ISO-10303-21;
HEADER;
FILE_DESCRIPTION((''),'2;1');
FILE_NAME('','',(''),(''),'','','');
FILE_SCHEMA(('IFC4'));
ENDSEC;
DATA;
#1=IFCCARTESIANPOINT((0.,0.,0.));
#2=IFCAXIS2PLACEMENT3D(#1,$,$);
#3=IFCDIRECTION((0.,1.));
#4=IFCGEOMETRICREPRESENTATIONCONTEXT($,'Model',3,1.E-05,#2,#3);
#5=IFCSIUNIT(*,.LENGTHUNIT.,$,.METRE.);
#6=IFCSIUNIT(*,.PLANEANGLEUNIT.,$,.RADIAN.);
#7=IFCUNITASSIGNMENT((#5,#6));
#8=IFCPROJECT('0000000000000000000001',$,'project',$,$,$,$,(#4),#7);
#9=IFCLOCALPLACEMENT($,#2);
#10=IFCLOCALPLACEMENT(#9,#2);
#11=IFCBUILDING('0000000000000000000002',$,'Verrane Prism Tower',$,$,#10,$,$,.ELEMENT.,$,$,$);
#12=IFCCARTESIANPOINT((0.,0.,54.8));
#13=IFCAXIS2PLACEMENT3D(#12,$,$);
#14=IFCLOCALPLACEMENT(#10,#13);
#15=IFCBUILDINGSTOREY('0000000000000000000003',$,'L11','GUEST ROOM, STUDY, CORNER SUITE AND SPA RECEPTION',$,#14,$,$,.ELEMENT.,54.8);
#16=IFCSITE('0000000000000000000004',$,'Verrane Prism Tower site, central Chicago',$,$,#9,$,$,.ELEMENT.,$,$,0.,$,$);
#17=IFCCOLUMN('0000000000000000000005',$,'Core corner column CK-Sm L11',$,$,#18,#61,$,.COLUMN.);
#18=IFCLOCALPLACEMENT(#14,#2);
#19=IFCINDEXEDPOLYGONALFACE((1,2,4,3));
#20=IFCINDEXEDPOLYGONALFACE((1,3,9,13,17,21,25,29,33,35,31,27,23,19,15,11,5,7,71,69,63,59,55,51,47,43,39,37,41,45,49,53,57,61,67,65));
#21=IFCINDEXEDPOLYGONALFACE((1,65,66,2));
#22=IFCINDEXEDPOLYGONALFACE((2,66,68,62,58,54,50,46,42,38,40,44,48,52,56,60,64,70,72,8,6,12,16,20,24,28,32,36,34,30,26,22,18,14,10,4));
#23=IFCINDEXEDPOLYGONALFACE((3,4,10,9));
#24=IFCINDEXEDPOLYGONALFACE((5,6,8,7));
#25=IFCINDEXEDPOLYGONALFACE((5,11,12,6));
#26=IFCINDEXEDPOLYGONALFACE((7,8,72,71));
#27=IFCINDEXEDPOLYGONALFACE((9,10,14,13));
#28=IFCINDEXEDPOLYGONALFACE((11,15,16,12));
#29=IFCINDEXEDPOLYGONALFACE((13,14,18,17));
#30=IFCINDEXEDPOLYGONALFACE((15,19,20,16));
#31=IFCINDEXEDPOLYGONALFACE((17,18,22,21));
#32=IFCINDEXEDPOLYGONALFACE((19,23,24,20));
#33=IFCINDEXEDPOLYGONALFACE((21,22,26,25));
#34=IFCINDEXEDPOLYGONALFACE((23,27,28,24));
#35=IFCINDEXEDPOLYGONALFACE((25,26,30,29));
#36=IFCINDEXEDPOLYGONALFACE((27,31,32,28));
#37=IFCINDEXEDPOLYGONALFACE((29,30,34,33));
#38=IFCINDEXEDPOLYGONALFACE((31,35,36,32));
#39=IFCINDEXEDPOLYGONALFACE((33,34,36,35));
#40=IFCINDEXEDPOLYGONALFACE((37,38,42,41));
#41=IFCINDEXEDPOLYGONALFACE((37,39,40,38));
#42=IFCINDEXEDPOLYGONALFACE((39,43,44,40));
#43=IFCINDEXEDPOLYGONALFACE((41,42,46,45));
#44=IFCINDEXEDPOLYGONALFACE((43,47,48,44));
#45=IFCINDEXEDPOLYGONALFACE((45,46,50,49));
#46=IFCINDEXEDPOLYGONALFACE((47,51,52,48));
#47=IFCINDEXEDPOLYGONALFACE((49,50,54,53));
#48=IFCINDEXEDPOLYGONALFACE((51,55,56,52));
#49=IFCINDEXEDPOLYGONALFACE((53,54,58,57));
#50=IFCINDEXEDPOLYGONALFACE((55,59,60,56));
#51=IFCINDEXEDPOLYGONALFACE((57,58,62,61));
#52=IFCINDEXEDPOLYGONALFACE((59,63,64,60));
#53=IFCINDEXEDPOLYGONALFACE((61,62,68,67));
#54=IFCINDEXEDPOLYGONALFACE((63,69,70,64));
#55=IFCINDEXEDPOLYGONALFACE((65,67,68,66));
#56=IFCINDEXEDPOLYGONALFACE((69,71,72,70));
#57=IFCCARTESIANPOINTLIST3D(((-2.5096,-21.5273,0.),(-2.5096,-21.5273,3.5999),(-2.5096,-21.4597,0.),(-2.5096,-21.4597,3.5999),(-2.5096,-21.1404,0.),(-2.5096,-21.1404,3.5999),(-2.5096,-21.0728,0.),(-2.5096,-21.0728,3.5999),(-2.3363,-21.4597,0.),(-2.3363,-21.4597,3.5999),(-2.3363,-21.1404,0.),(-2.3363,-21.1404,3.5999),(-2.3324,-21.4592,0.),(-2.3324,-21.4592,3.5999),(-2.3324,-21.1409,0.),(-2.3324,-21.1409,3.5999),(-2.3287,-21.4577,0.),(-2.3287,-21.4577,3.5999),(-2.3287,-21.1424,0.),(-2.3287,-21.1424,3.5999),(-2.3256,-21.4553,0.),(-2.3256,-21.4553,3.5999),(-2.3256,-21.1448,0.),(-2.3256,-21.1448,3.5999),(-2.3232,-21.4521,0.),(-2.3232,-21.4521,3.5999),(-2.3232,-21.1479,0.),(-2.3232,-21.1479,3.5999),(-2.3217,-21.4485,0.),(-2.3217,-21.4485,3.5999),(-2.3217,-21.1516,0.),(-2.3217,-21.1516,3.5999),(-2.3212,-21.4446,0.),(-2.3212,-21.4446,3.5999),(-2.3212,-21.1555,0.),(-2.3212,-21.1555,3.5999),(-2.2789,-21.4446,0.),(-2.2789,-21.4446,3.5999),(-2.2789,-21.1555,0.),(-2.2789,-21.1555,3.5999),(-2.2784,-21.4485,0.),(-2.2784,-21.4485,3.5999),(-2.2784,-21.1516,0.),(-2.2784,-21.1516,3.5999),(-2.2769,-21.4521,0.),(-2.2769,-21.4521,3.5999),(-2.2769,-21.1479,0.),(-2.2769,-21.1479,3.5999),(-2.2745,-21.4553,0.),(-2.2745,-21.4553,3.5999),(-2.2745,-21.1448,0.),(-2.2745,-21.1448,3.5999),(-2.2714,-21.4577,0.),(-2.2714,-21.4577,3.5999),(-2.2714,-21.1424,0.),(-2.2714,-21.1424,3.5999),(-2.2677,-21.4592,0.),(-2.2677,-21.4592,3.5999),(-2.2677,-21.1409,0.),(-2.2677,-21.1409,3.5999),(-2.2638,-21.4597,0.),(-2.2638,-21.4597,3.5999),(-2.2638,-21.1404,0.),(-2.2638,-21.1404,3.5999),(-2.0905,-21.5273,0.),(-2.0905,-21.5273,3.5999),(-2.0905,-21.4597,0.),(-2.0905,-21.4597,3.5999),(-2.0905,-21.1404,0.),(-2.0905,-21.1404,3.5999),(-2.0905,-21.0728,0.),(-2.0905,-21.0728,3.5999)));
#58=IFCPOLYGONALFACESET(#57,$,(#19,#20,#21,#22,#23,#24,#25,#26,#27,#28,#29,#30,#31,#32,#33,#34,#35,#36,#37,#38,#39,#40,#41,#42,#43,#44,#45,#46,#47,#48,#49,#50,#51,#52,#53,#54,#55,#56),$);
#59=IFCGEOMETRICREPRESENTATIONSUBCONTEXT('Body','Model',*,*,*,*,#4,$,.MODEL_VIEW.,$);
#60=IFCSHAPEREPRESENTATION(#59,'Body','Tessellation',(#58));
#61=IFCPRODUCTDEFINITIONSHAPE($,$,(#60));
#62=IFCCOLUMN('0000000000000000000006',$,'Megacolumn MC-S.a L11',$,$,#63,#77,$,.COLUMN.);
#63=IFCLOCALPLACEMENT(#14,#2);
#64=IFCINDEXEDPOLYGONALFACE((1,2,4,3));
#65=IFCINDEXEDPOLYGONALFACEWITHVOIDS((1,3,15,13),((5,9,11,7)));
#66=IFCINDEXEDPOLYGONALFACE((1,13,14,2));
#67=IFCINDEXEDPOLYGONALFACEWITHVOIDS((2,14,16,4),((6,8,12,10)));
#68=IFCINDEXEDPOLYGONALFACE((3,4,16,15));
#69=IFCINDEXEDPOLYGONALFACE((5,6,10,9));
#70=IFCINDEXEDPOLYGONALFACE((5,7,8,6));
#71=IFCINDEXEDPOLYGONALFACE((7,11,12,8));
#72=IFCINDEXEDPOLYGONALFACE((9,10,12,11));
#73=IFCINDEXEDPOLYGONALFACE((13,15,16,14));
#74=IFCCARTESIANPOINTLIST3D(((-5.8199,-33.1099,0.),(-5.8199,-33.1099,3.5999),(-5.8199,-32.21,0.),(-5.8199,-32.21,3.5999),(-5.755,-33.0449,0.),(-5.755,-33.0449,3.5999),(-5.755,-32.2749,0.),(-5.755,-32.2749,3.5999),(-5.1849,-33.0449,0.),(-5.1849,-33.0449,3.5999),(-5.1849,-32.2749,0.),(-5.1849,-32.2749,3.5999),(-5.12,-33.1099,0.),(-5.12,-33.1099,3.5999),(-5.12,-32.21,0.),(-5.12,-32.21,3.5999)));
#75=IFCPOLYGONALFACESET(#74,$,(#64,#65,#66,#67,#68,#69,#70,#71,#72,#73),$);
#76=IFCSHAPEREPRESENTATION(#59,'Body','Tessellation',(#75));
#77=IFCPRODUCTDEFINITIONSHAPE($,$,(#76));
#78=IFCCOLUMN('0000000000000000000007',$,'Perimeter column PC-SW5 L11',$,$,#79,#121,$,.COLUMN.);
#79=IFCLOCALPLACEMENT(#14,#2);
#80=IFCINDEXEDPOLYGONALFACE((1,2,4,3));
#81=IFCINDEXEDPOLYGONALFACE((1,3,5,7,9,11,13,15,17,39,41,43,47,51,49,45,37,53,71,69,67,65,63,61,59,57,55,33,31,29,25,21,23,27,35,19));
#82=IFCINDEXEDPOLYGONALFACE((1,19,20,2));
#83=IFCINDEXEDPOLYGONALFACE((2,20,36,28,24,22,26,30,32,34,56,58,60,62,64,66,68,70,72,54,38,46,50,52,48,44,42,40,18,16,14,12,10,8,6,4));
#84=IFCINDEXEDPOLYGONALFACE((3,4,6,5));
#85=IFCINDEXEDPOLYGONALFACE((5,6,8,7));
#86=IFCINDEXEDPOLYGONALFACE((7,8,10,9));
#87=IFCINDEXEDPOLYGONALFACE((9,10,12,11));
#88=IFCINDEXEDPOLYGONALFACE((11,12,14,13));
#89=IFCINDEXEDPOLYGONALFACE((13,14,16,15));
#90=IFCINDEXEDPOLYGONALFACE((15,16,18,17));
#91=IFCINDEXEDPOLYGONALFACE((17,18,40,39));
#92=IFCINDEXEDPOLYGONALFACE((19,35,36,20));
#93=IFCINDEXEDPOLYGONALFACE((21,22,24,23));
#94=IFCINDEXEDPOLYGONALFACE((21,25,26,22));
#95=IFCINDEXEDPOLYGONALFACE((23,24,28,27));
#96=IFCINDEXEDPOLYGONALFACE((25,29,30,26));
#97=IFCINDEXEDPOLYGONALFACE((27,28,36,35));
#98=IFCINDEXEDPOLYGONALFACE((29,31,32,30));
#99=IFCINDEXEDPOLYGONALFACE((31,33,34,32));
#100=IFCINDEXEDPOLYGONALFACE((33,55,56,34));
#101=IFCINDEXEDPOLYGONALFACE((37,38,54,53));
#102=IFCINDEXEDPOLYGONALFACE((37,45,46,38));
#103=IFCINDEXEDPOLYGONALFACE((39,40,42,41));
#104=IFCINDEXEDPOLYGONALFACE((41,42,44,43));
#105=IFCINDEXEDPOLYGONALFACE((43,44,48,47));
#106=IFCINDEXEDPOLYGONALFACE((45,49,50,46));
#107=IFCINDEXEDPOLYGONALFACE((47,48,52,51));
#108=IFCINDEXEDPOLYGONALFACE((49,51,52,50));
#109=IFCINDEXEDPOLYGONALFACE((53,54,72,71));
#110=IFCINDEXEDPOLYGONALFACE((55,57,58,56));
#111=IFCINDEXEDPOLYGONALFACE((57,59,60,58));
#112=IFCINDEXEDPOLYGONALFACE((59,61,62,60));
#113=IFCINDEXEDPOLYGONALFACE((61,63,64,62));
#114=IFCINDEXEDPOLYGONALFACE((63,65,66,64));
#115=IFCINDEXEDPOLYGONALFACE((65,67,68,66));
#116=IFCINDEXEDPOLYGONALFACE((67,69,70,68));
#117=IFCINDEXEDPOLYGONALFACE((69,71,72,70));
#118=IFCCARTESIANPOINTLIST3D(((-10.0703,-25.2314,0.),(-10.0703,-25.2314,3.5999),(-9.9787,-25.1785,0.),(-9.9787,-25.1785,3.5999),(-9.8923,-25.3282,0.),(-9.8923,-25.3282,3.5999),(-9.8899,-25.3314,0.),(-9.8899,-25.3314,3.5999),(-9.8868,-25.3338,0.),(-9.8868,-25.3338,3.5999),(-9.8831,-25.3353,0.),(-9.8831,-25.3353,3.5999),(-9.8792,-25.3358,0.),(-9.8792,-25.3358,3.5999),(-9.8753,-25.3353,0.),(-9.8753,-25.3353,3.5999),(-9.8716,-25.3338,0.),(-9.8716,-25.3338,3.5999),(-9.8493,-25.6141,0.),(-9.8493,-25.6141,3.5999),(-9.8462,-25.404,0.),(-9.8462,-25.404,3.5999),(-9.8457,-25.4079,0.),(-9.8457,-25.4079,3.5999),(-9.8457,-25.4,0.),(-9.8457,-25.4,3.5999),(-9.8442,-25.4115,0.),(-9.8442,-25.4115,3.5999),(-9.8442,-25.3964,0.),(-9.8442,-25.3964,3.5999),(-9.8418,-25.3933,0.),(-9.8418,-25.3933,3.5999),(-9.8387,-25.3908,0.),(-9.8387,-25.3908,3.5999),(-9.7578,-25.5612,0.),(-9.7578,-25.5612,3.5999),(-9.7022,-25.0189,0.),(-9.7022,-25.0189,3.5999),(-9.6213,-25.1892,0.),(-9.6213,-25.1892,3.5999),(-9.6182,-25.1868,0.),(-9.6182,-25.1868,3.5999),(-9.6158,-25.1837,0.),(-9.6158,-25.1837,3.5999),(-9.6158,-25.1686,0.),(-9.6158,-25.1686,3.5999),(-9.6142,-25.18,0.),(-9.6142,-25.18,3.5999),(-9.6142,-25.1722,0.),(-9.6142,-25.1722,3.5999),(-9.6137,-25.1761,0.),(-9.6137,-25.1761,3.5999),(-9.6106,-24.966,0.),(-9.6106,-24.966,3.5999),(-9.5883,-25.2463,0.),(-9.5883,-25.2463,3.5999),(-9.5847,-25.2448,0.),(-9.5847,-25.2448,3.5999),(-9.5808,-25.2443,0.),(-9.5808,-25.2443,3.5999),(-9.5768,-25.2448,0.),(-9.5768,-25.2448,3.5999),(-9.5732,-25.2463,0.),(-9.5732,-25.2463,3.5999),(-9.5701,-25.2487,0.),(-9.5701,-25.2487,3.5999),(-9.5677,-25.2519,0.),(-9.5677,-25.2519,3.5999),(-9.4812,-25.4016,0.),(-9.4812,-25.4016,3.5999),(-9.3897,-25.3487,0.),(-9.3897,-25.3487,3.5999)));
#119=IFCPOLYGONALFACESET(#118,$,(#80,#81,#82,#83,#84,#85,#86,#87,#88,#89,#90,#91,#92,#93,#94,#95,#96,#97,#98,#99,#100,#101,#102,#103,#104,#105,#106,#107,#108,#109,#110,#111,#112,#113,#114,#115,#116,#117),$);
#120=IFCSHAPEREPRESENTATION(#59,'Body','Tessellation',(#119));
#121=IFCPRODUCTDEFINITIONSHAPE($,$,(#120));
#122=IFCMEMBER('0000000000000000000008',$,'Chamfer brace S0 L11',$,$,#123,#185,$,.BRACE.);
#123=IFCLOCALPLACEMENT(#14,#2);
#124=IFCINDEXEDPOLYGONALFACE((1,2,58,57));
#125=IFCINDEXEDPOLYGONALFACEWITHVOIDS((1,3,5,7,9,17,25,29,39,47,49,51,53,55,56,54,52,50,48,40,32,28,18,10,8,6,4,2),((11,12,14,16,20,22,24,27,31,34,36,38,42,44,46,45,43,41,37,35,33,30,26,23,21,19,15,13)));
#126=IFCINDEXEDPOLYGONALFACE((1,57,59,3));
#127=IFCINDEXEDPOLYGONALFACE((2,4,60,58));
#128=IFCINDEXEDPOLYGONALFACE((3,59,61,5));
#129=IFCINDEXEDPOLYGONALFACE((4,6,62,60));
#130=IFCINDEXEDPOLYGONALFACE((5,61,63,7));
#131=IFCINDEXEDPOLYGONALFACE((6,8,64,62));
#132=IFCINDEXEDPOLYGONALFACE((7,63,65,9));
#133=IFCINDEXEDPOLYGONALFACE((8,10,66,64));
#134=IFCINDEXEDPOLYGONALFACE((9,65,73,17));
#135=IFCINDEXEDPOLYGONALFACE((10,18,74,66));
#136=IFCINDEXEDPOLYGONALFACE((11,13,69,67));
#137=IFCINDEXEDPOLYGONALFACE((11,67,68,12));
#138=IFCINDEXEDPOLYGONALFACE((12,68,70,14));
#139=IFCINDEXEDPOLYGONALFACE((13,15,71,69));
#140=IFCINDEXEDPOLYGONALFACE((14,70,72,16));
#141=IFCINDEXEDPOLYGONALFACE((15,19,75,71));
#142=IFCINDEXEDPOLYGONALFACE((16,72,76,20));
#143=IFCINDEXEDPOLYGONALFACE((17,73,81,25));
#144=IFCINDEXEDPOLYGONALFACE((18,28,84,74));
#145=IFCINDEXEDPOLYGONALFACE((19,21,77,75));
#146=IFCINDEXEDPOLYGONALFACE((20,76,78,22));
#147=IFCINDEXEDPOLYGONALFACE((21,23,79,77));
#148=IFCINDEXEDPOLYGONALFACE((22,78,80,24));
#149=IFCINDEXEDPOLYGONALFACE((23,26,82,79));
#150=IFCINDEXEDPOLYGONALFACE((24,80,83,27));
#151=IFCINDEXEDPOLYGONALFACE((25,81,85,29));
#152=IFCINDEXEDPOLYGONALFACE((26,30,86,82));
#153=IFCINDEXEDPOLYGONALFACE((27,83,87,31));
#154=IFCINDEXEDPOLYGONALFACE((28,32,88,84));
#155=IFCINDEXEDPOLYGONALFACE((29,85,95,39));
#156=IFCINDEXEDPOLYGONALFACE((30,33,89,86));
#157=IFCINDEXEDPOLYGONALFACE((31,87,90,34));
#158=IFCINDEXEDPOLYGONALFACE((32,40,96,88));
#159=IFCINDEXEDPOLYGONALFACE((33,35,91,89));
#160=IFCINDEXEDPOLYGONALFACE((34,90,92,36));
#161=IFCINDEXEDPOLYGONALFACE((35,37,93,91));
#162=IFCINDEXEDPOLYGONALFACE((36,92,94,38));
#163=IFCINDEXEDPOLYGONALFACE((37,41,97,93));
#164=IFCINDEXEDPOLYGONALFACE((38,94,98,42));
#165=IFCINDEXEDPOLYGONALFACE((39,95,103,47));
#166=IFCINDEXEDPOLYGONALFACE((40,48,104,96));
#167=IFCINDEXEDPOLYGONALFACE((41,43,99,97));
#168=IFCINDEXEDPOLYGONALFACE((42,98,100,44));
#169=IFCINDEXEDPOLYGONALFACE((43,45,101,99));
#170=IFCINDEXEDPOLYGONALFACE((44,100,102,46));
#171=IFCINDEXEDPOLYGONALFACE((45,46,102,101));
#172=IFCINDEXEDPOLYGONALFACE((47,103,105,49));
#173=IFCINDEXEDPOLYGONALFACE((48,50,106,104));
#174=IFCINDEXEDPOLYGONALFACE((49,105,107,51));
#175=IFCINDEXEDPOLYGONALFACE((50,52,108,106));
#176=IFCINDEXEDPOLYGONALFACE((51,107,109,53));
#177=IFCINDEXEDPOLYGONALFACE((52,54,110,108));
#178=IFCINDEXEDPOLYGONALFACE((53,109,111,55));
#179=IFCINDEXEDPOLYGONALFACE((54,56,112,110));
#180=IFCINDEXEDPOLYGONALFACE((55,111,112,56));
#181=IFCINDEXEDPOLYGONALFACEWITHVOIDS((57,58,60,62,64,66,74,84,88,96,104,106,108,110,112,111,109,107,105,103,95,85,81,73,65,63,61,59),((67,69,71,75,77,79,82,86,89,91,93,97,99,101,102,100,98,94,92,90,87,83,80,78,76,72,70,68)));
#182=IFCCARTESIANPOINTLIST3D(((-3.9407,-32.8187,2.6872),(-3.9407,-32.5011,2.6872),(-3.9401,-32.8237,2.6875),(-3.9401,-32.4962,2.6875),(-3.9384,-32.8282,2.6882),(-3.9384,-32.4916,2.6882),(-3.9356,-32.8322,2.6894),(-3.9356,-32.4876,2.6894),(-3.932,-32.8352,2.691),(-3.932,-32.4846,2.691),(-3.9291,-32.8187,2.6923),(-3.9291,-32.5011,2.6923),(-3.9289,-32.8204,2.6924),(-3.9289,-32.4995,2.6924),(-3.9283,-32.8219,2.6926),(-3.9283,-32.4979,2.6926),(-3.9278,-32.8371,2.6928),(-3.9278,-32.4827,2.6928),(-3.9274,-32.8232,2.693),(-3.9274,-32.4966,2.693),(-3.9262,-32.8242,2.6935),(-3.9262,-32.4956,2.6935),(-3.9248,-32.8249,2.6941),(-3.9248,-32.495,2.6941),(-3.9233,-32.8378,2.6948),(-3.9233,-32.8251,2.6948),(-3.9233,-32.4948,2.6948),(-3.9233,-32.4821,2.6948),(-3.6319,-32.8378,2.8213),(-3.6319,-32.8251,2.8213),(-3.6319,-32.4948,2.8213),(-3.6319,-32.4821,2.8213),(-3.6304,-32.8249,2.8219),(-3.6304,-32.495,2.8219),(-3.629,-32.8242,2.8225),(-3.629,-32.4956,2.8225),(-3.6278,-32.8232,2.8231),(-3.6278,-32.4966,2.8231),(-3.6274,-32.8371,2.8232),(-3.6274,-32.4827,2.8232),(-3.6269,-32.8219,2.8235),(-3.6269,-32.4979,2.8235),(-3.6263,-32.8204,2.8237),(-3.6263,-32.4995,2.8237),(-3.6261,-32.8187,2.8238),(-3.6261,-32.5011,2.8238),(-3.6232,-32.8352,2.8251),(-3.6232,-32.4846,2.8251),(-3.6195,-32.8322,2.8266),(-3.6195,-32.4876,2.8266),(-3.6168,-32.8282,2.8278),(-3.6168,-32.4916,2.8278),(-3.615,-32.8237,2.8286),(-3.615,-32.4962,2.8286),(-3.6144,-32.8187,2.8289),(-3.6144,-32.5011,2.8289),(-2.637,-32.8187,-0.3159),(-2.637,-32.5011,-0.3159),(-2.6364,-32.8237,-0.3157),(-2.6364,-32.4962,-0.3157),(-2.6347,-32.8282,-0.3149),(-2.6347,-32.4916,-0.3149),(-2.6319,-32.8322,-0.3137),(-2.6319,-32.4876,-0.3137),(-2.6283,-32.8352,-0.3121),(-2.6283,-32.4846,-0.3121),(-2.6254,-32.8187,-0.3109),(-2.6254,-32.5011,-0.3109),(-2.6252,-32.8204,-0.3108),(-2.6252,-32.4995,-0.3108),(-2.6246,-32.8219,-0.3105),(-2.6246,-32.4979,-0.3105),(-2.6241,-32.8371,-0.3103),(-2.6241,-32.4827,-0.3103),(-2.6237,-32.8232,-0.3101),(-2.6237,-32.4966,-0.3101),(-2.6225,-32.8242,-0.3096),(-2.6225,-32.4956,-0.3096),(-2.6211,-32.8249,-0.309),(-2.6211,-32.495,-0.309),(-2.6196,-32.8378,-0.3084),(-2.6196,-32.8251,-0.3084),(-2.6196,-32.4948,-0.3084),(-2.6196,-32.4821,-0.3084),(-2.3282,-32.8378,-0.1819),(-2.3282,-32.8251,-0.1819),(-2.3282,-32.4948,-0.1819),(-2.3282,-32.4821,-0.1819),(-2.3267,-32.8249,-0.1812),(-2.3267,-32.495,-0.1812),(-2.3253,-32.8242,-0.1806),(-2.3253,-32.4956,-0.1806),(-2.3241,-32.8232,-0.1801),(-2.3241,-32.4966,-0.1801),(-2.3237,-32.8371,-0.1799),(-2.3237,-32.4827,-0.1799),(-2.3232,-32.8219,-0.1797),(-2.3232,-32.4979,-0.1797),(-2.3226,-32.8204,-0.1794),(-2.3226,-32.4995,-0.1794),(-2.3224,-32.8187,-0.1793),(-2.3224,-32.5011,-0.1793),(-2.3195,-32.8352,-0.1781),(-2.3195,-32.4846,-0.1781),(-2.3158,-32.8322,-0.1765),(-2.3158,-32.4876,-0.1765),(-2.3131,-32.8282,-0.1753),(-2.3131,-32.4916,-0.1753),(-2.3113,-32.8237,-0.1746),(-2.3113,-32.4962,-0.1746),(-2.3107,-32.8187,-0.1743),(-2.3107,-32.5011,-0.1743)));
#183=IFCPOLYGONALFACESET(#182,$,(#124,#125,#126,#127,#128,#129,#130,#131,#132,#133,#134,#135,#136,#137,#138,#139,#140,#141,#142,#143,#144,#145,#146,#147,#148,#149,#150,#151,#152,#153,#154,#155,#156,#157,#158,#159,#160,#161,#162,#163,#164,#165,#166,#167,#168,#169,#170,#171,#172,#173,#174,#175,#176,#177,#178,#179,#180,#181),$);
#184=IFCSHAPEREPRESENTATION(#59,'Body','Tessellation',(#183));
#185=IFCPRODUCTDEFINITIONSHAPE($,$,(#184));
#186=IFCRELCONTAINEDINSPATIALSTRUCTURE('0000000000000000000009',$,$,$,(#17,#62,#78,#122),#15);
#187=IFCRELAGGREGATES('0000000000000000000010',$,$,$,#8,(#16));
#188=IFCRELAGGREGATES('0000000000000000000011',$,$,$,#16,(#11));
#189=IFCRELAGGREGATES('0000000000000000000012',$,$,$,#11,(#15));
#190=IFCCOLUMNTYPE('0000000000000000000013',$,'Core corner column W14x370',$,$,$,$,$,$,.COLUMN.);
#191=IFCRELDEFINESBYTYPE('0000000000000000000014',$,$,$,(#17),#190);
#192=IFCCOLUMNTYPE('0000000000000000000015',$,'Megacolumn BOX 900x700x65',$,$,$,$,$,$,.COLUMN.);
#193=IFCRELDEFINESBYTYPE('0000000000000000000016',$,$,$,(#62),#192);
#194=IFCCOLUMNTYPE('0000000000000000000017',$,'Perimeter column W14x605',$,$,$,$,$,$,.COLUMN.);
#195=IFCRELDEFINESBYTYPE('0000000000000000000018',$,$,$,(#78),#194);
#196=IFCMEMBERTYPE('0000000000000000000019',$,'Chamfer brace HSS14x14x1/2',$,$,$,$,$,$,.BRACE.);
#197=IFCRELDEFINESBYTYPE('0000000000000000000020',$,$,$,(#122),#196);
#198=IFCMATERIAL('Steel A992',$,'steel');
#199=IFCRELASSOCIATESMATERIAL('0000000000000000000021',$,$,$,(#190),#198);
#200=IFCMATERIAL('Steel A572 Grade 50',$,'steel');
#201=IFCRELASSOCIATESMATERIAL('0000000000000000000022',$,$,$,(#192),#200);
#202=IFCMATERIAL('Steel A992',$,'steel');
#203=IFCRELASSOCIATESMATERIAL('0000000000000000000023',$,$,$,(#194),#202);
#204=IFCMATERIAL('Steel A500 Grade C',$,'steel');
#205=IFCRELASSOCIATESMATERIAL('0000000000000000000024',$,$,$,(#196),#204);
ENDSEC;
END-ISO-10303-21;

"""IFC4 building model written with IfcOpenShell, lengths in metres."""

from ifc_helpers import new_model, si_unit, direction, frame, origin, origin_2d, place, context, subcontext, project, spatial, hollow_rectangle, i_section, extrude, material, material_profile, profile_set, type_object, element, save


model = new_model("IFC4")

# Units and contexts
model_context = context("Model", 3, precision=1e-05, world=origin(), true_north=direction((0.0, 1.0)))
body_context = subcontext(model_context, "Body", "Model", "MODEL_VIEW")
ifc_project = project(units=[si_unit("LENGTHUNIT", "METRE"), si_unit("PLANEANGLEUNIT", "RADIAN")], contexts=[model_context])

# Site, building, storey
site_placement = place(None, origin())
site = spatial("IfcSite", under=ifc_project, at=site_placement, Name="Verrane Prism Tower site, central Chicago", CompositionType="ELEMENT", RefElevation=0.0)
building_placement = place(site_placement, origin())
building = spatial("IfcBuilding", under=site, at=building_placement, Name="Verrane Prism Tower", CompositionType="ELEMENT")
storey_placement = place(building_placement, frame((0.0, 0.0, 54.8)))
storey = spatial("IfcBuildingStorey", under=building, at=storey_placement, Name="L11", Description="GUEST ROOM, STUDY, CORNER SUITE AND SPA RECEPTION", CompositionType="ELEMENT", Elevation=54.8)

# Columns
ifc_material_1 = material(Name="Steel A992", Category="steel")
ifc_material_profile_1 = material_profile(ifc_material_1, i_section(OverallWidth=0.4192, OverallDepth=0.4546, WebThickness=0.0422, FlangeThickness=0.0676, FilletRadius=0.0151, at=origin_2d()), Name="W14x370")
ifc_profile_set_1 = profile_set([ifc_material_profile_1], Name="Steel A992")
column_type_1 = type_object("IfcColumnType", Name="Core corner column W14x370", PredefinedType="COLUMN", material=ifc_profile_set_1)
column_1_placement = place(storey_placement, frame((-2.3, -21.3, 0.0), z_axis=(0.0, 0.0, 1.0), x_axis=(-1.0, 0.0, 0.0)))
element("IfcColumn", 1, at=column_1_placement, inside=storey, type_object=column_type_1, Name="Core corner column CK-Sm L11", PredefinedType="COLUMN", context=body_context, shape_type="SweptSolid", body=[
    extrude(i_section(OverallWidth=0.4192, OverallDepth=0.4546, WebThickness=0.0422, FlangeThickness=0.0676, FilletRadius=0.0151, at=origin_2d()), origin(), (0.0, 0.0, 1.0), 3.5999),
])
ifc_material_2 = material(Name="Steel A572 Grade 50", Category="steel")
ifc_material_profile_2 = material_profile(ifc_material_2, hollow_rectangle(XDim=0.7, YDim=0.8999, WallThickness=0.0649, at=origin_2d()), Name="BOX 900x700x65")
ifc_profile_set_2 = profile_set([ifc_material_profile_2], Name="Steel A572 Grade 50")
column_type_2 = type_object("IfcColumnType", Name="Megacolumn BOX 900x700x65", PredefinedType="COLUMN", material=ifc_profile_set_2)
column_2_placement = place(storey_placement, frame((-5.47, -32.6599, 0.0), z_axis=(0.0, 0.0, 1.0), x_axis=(-1.0, 0.0, 0.0)))
element("IfcColumn", 2, at=column_2_placement, inside=storey, type_object=column_type_2, Name="Megacolumn MC-S.a L11", PredefinedType="COLUMN", context=body_context, shape_type="SweptSolid", body=[
    extrude(hollow_rectangle(XDim=0.7, YDim=0.8999, WallThickness=0.0649, at=origin_2d()), origin(), (0.0, 0.0, 1.0), 3.5999),
])
ifc_material_3 = material(Name="Steel A992", Category="steel")
ifc_material_profile_3 = material_profile(ifc_material_3, i_section(OverallWidth=0.4419, OverallDepth=0.5308, WebThickness=0.0659, FlangeThickness=0.1057, FilletRadius=0.0151, at=origin_2d()), Name="W14x605")
ifc_profile_set_3 = profile_set([ifc_material_profile_3], Name="Steel A992")
column_type_3 = type_object("IfcColumnType", Name="Perimeter column W14x605", PredefinedType="COLUMN", material=ifc_profile_set_3)
column_3_placement = place(storey_placement, frame((-9.73, -25.29, 0.0), z_axis=(0.0, 0.0, 1.0), x_axis=(-0.5, 0.866025, 0.0)))
element("IfcColumn", 3, at=column_3_placement, inside=storey, type_object=column_type_3, Name="Perimeter column PC-SW5 L11", PredefinedType="COLUMN", context=body_context, shape_type="SweptSolid", body=[
    extrude(i_section(OverallWidth=0.4419, OverallDepth=0.5308, WebThickness=0.0659, FlangeThickness=0.1057, FilletRadius=0.0151, at=origin_2d()), origin(), (0.0, 0.0, 1.0), 3.5999),
])

# Member
ifc_material_4 = material(Name="Steel A500 Grade C", Category="steel")
ifc_material_profile_4 = material_profile(ifc_material_4, hollow_rectangle(XDim=0.3557, YDim=0.3557, WallThickness=0.0127, InnerFilletRadius=0.0063, OuterFilletRadius=0.019, at=origin_2d()), Name="HSS14x14x1/2")
ifc_profile_set_4 = profile_set([ifc_material_profile_4], Name="Steel A500 Grade C")
member_type_1 = type_object("IfcMemberType", Name="Chamfer brace HSS14x14x1/2", PredefinedType="BRACE", material=ifc_profile_set_4)
member_1_placement = place(storey_placement, frame((-2.4739, -32.6599, -0.2451), z_axis=(-0.398208, 0.0, 0.917295), x_axis=(0.0, -1.0, 0.0)))
element("IfcMember", 4, at=member_1_placement, inside=storey, type_object=member_type_1, Name="Chamfer brace S0 L11", PredefinedType="BRACE", context=body_context, shape_type="SweptSolid", body=[
    extrude(hollow_rectangle(XDim=0.3557, YDim=0.3557, WallThickness=0.0127, InnerFilletRadius=0.0063, OuterFilletRadius=0.019, at=origin_2d()), origin(), (0.0, 0.0, 1.0), 3.2739),
])

save(model, "model.ifc")
